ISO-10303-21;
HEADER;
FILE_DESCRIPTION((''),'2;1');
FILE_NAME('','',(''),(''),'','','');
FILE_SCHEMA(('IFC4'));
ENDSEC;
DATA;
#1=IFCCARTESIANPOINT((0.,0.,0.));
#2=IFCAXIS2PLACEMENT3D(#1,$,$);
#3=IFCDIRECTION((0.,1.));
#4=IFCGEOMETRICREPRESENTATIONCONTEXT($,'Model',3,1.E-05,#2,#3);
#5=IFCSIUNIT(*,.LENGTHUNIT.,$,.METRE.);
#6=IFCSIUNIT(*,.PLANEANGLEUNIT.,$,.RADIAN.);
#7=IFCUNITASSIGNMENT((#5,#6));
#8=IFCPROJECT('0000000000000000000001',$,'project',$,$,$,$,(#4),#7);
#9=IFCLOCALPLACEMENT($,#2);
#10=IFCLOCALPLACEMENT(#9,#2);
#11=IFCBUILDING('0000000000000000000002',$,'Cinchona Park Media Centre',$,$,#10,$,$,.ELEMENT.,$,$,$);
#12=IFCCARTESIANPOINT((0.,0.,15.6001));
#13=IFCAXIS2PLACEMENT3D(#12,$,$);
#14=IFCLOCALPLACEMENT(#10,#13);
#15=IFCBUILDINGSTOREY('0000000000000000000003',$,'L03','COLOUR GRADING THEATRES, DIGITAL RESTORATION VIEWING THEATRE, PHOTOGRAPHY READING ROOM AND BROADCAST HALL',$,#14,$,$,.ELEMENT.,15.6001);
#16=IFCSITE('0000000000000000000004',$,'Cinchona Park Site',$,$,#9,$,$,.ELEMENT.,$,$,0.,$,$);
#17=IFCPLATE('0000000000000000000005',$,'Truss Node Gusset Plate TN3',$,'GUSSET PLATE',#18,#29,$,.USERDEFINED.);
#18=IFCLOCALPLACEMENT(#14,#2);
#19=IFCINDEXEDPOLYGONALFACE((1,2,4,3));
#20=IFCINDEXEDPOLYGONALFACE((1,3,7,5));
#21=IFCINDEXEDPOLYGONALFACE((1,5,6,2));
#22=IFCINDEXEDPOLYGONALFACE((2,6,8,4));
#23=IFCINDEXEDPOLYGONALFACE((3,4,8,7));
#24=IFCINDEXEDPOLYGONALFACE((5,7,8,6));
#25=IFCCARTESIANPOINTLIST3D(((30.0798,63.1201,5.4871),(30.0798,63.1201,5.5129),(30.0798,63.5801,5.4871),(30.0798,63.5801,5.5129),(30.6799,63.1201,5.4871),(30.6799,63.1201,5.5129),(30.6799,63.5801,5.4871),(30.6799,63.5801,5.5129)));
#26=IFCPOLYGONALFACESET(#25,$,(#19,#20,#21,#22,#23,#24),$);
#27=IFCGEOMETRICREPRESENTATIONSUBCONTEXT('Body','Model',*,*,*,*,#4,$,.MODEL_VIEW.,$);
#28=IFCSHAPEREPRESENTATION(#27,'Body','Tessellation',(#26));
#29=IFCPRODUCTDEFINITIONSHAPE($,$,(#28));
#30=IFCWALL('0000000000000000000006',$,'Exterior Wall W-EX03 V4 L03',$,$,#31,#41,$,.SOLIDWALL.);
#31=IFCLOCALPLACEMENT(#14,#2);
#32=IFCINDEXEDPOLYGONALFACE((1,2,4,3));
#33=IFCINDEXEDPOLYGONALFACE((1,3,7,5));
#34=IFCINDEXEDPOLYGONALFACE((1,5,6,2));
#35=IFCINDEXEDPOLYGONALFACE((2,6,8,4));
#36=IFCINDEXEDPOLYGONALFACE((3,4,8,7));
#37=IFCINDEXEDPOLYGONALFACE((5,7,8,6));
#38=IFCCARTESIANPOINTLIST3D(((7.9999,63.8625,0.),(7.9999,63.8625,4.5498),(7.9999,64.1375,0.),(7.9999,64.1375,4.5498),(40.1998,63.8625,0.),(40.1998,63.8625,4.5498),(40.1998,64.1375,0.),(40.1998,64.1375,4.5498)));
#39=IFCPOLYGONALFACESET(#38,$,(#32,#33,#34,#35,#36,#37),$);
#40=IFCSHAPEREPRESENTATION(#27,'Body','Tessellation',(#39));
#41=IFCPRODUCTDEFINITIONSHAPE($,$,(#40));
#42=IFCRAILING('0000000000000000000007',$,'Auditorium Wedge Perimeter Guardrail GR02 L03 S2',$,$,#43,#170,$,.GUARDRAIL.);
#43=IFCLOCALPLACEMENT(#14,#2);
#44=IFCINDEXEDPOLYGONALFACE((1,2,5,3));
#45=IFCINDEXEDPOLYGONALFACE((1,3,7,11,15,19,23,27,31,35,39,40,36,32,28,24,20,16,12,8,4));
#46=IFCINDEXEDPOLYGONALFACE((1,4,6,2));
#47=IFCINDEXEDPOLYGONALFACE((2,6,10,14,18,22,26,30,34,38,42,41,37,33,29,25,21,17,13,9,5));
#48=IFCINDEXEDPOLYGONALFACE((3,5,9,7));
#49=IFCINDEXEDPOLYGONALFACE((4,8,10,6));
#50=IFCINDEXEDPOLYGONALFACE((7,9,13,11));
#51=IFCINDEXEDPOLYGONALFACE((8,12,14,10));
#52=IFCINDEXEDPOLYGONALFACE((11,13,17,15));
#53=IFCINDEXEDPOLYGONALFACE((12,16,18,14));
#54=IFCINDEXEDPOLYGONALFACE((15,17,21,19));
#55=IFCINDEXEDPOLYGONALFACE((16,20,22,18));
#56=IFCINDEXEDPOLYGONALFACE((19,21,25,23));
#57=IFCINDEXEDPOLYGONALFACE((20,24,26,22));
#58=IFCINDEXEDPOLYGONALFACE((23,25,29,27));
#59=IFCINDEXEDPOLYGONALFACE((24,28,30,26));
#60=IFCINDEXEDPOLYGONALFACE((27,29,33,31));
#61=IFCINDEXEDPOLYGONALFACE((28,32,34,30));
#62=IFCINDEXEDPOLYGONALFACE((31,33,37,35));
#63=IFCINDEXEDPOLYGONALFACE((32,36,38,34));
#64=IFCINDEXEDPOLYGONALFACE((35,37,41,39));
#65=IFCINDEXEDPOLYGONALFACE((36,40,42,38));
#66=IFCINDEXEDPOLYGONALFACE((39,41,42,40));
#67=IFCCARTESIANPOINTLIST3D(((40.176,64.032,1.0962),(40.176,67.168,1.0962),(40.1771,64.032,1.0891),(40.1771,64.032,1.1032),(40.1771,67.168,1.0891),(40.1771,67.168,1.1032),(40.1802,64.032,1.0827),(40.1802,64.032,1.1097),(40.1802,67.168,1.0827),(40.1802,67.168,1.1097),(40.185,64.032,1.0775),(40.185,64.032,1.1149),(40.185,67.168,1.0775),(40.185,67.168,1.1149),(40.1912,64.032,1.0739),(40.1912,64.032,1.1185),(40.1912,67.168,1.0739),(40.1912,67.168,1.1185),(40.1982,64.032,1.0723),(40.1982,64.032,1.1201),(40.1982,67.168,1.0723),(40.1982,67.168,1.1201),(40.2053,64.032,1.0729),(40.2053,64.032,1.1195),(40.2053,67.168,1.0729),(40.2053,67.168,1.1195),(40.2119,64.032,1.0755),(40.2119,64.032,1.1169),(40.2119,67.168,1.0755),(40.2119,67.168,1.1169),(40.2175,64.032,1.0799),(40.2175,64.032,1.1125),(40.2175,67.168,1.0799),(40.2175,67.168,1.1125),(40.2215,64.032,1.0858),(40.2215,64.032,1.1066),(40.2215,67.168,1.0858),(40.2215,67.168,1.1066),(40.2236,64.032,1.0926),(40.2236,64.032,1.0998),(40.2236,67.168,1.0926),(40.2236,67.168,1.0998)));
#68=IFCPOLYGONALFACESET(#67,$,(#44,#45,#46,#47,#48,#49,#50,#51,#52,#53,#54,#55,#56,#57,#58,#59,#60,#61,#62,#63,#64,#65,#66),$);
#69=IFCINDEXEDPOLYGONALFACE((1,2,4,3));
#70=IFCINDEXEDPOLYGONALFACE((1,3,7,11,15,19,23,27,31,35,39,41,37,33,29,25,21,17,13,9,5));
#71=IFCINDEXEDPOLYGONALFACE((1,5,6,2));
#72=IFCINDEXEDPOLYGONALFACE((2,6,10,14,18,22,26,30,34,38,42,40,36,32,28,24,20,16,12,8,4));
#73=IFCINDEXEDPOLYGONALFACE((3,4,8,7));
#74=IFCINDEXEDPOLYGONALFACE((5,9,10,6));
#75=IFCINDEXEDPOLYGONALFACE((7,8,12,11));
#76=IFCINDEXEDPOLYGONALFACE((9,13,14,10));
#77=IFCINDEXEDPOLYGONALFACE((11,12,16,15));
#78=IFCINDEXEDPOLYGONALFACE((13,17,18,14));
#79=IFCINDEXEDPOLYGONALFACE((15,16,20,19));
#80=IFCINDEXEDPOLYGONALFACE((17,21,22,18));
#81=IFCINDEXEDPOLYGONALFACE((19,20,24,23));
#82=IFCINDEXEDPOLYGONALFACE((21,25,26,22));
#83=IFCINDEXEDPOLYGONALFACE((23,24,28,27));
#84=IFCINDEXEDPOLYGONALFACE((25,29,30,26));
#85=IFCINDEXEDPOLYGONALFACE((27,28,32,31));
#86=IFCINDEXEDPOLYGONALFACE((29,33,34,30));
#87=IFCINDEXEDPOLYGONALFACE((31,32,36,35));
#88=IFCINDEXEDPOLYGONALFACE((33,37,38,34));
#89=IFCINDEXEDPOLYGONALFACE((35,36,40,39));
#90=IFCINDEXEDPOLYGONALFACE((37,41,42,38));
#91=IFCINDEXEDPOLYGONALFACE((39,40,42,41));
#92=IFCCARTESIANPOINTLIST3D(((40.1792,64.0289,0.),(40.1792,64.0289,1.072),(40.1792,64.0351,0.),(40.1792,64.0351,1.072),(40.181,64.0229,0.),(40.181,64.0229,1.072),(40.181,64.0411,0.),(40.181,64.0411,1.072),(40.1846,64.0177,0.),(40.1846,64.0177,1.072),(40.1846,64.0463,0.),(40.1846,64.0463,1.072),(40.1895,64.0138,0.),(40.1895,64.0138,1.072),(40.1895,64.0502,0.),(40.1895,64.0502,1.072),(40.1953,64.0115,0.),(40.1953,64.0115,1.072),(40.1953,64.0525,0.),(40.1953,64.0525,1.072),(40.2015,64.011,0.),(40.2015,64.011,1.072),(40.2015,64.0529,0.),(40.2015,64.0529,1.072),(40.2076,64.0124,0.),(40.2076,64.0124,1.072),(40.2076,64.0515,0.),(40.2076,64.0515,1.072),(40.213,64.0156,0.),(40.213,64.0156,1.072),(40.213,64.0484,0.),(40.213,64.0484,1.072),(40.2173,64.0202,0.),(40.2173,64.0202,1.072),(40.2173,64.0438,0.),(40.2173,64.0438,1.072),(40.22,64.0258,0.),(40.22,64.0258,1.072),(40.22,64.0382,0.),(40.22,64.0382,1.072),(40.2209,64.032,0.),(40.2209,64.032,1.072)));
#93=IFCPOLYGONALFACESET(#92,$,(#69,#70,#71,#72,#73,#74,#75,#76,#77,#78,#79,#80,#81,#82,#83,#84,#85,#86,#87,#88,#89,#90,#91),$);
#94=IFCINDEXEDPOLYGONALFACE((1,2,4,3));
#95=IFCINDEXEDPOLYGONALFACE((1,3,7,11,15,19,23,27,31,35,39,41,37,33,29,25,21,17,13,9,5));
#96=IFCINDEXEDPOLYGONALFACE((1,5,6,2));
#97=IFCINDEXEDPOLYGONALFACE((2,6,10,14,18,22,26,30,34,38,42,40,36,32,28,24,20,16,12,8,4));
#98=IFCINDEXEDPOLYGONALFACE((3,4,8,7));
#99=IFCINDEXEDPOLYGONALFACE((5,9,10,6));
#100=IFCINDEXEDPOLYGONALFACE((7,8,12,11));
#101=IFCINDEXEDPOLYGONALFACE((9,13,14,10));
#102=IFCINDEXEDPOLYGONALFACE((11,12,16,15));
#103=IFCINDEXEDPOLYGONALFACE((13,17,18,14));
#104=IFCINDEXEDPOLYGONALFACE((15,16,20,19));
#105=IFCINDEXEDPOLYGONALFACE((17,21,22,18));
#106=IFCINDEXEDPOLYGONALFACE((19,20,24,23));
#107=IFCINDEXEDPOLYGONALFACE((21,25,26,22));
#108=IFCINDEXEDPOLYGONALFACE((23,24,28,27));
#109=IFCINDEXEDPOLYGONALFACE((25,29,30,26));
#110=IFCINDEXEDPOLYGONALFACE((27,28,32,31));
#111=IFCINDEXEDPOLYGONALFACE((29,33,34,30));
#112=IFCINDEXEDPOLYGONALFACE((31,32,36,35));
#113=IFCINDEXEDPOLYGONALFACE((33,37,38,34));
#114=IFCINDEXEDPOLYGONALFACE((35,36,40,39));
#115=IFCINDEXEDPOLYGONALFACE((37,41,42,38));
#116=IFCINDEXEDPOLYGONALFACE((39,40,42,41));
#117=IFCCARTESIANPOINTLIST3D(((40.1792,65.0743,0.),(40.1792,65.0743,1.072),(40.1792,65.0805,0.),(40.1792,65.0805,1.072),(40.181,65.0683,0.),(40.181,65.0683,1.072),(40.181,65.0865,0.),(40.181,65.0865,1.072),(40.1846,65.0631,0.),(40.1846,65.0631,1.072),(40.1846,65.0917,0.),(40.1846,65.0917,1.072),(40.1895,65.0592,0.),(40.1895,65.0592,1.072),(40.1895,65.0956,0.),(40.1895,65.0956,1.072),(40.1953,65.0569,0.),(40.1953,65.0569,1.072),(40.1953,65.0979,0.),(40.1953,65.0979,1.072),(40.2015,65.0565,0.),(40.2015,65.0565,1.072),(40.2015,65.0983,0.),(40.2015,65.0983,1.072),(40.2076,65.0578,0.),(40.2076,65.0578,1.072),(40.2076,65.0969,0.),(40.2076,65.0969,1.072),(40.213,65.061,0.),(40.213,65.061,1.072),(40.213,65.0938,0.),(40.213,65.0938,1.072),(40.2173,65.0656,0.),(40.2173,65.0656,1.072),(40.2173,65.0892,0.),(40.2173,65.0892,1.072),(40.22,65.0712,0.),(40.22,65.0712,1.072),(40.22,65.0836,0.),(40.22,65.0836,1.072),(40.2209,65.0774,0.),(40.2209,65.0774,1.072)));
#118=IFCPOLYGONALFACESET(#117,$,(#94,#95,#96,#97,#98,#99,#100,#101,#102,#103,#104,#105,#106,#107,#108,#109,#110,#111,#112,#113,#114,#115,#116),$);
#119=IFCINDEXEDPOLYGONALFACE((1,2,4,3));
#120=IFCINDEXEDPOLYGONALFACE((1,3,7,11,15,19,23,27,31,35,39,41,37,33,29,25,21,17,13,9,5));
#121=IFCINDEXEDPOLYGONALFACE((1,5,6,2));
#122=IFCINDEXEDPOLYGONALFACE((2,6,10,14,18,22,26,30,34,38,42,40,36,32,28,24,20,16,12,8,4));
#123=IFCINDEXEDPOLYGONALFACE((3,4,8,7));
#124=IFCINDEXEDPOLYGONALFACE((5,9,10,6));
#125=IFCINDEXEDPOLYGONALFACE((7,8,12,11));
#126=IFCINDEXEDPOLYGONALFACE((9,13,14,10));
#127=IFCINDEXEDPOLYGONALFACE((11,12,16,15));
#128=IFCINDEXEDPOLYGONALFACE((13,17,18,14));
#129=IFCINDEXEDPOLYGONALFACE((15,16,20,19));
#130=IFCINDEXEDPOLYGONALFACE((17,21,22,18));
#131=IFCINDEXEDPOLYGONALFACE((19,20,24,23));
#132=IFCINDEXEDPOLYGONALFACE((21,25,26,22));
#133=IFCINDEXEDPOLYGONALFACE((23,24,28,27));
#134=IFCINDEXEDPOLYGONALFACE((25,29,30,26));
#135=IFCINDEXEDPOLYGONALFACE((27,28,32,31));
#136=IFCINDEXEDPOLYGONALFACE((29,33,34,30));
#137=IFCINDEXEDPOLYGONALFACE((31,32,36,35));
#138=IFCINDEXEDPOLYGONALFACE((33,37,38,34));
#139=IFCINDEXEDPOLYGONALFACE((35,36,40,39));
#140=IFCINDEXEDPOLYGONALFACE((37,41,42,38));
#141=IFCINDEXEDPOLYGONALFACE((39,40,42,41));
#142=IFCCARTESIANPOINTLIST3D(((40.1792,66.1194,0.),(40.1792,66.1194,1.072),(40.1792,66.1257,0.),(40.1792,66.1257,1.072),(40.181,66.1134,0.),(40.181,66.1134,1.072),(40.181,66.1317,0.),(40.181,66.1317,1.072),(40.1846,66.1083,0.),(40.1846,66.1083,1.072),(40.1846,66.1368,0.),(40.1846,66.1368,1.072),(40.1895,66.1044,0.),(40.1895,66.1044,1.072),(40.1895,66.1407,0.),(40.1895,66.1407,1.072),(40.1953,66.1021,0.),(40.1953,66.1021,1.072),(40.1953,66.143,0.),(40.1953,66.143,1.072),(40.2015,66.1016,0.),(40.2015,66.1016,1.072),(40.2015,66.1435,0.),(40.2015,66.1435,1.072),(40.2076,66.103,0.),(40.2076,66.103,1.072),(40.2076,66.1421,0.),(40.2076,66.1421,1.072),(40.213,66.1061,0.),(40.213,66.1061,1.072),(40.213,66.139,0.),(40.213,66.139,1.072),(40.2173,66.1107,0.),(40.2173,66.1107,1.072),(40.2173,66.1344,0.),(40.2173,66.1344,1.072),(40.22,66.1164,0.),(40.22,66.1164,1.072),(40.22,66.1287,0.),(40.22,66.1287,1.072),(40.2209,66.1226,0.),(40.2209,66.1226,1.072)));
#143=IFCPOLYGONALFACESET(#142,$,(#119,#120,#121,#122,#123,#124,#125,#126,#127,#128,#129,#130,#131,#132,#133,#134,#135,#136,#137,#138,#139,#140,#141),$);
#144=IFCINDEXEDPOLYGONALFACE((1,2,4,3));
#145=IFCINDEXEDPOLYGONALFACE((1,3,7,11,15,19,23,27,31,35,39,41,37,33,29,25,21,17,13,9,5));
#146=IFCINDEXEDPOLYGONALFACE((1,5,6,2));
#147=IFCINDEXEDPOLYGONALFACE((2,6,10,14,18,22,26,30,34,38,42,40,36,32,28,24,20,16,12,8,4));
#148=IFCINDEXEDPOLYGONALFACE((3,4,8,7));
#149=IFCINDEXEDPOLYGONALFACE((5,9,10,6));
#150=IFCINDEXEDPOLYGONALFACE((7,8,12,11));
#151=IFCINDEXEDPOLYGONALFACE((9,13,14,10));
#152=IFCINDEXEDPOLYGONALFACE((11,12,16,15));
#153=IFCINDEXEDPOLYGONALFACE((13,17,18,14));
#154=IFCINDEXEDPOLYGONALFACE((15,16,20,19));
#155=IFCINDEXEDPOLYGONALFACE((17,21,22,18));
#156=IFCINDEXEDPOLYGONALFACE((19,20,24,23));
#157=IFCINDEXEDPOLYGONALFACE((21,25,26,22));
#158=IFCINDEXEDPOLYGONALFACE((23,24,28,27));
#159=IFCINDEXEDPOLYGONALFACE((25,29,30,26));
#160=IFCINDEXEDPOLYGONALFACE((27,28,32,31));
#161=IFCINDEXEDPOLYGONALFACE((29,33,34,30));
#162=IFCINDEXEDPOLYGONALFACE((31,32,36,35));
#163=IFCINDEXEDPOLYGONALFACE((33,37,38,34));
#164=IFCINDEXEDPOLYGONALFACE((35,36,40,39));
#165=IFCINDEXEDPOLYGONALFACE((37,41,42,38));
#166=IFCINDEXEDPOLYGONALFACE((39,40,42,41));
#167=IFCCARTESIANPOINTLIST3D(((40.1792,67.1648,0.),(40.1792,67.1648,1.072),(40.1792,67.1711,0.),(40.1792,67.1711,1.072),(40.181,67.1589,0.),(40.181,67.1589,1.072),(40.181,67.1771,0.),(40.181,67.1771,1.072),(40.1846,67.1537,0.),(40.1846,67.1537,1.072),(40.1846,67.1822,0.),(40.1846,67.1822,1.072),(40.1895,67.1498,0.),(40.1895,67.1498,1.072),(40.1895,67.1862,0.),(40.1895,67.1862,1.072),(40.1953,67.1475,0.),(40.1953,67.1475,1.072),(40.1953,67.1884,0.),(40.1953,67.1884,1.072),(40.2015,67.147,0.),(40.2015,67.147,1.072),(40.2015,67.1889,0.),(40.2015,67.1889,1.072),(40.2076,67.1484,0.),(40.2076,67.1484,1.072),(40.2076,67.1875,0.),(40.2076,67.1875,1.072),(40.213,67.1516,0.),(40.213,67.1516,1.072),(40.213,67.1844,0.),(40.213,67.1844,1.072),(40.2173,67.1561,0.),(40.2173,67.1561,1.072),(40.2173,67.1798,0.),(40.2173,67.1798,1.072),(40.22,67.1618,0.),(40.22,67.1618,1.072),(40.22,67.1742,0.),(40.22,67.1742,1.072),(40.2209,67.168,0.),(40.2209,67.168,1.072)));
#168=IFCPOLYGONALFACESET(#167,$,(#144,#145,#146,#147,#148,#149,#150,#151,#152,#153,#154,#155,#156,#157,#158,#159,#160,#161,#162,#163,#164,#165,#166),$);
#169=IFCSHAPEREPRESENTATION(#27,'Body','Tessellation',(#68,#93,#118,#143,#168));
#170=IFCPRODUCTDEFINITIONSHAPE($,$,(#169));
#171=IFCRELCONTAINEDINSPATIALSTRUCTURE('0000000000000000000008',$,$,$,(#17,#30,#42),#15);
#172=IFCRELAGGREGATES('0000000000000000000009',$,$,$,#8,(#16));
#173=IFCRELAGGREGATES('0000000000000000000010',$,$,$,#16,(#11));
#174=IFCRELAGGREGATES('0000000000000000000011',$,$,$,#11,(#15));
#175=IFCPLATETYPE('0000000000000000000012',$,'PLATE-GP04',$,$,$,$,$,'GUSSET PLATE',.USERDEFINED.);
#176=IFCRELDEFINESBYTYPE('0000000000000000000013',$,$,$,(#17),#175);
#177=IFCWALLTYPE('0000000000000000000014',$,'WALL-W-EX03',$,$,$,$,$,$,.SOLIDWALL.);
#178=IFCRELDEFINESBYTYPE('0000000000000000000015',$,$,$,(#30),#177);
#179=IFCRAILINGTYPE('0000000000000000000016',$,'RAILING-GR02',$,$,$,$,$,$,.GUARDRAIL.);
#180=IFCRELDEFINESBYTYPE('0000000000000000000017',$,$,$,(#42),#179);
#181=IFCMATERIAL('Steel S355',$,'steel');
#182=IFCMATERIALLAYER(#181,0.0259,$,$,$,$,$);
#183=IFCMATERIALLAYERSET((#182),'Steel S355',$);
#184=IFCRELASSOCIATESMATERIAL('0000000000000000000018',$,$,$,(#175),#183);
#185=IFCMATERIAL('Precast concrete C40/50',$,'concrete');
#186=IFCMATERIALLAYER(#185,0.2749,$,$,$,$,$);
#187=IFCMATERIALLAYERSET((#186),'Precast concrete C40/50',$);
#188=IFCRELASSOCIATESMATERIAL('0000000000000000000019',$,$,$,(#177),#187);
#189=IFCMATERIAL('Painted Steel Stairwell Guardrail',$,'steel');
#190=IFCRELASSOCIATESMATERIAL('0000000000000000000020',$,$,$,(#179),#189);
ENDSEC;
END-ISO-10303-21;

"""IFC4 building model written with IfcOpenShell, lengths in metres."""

from ifc_helpers import new_model, si_unit, direction, frame, frame_2d, origin, origin_2d, place, context, subcontext, project, spatial, rectangle, circle, extrude, material, layer, layer_set, type_object, element, save


model = new_model("IFC4")

# Units and contexts
model_context = context("Model", 3, precision=1e-05, world=origin(), true_north=direction((0.0, 1.0)))
body_context = subcontext(model_context, "Body", "Model", "MODEL_VIEW")
ifc_project = project(units=[si_unit("LENGTHUNIT", "METRE"), si_unit("PLANEANGLEUNIT", "RADIAN")], contexts=[model_context])

# Site, building, storey
site_placement = place(None, origin())
site = spatial("IfcSite", under=ifc_project, at=site_placement, Name="Cinchona Park Site", CompositionType="ELEMENT", RefElevation=0.0)
building_placement = place(site_placement, origin())
building = spatial("IfcBuilding", under=site, at=building_placement, Name="Cinchona Park Media Centre", CompositionType="ELEMENT")
storey_placement = place(building_placement, frame((0.0, 0.0, 15.6001)))
storey = spatial("IfcBuildingStorey", under=building, at=storey_placement, Name="L03", Description="COLOUR GRADING THEATRES, DIGITAL RESTORATION VIEWING THEATRE, PHOTOGRAPHY READING ROOM AND BROADCAST HALL", CompositionType="ELEMENT", Elevation=15.6001)

# Plate
ifc_material_1 = material(Name="Steel S355", Category="steel")
ifc_layer_1 = layer(ifc_material_1, 0.0259)
ifc_layer_set_1 = layer_set([ifc_layer_1], Name="Steel S355")
plate_type_1 = type_object("IfcPlateType", Name="PLATE-GP04", ElementType="GUSSET PLATE", PredefinedType="USERDEFINED", material=ifc_layer_set_1)
for number, where, z_axis, x_axis, name in (
    (1, (30.3799, 63.3501, 5.4871), (0.0, 0.0, 1.0), (1.0, 0.0, 0.0), "Truss Node Gusset Plate TN3"),
):
    element("IfcPlate", number, at=place(storey_placement, frame(where, z_axis=z_axis, x_axis=x_axis)), inside=storey, type_object=plate_type_1, Name=name, ObjectType="GUSSET PLATE", PredefinedType="USERDEFINED", context=body_context, shape_type="SweptSolid", body=[
        extrude(rectangle(XDim=0.6001, YDim=0.46, at=origin_2d()), origin(), (0.0, 0.0, 1.0), 0.0259),
    ])

# Wall
ifc_material_2 = material(Name="Precast concrete C40/50", Category="concrete")
ifc_layer_2 = layer(ifc_material_2, 0.2749)
ifc_layer_set_2 = layer_set([ifc_layer_2], Name="Precast concrete C40/50")
wall_type = type_object("IfcWallType", Name="WALL-W-EX03", PredefinedType="SOLIDWALL", material=ifc_layer_set_2)
wall_placement = place(storey_placement, frame((40.2, 64.0, 0.0), z_axis=(0.0, 0.0, 1.0), x_axis=(-1.0, 0.0, 0.0)))
element("IfcWall", 2, at=wall_placement, inside=storey, type_object=wall_type, Name="Exterior Wall W-EX03 V4 L03", PredefinedType="SOLIDWALL", context=body_context, shape_type="SweptSolid", body=[
    extrude(rectangle(XDim=32.2, YDim=0.2749, at=frame_2d((16.1001, 0.0))), origin(), (0.0, 0.0, 1.0), 4.5498),
])

# Railing
ifc_material_3 = material(Name="Painted Steel Stairwell Guardrail", Category="steel")
railing_type_1 = type_object("IfcRailingType", Name="RAILING-GR02", PredefinedType="GUARDRAIL", material=ifc_material_3)
railing_1_placement = place(storey_placement, frame((40.2, 64.032, 0.0)))
element("IfcRailing", 3, at=railing_1_placement, inside=storey, type_object=railing_type_1, Name="Auditorium Wedge Perimeter Guardrail GR02 L03 S2", PredefinedType="GUARDRAIL", context=body_context, shape_type="SweptSolid", body=[
    extrude(circle(Radius=0.0239, at=origin_2d()), frame((0.0, 0.0, 1.0962), z_axis=(0.0, 1.0, 0.0), x_axis=(-1.0, 0.0, 0.0)), (0.0, 0.0, 1.0), 3.136),
    extrude(circle(Radius=0.021, at=origin_2d()), origin(), (0.0, 0.0, 1.0), 1.072),
    extrude(circle(Radius=0.021, at=origin_2d()), frame((0.0, 1.0454, 0.0)), (0.0, 0.0, 1.0), 1.072),
    extrude(circle(Radius=0.021, at=origin_2d()), frame((0.0, 2.0906, 0.0)), (0.0, 0.0, 1.0), 1.072),
    extrude(circle(Radius=0.021, at=origin_2d()), frame((0.0, 3.136, 0.0)), (0.0, 0.0, 1.0), 1.072),
])

save(model, "model.ifc")
